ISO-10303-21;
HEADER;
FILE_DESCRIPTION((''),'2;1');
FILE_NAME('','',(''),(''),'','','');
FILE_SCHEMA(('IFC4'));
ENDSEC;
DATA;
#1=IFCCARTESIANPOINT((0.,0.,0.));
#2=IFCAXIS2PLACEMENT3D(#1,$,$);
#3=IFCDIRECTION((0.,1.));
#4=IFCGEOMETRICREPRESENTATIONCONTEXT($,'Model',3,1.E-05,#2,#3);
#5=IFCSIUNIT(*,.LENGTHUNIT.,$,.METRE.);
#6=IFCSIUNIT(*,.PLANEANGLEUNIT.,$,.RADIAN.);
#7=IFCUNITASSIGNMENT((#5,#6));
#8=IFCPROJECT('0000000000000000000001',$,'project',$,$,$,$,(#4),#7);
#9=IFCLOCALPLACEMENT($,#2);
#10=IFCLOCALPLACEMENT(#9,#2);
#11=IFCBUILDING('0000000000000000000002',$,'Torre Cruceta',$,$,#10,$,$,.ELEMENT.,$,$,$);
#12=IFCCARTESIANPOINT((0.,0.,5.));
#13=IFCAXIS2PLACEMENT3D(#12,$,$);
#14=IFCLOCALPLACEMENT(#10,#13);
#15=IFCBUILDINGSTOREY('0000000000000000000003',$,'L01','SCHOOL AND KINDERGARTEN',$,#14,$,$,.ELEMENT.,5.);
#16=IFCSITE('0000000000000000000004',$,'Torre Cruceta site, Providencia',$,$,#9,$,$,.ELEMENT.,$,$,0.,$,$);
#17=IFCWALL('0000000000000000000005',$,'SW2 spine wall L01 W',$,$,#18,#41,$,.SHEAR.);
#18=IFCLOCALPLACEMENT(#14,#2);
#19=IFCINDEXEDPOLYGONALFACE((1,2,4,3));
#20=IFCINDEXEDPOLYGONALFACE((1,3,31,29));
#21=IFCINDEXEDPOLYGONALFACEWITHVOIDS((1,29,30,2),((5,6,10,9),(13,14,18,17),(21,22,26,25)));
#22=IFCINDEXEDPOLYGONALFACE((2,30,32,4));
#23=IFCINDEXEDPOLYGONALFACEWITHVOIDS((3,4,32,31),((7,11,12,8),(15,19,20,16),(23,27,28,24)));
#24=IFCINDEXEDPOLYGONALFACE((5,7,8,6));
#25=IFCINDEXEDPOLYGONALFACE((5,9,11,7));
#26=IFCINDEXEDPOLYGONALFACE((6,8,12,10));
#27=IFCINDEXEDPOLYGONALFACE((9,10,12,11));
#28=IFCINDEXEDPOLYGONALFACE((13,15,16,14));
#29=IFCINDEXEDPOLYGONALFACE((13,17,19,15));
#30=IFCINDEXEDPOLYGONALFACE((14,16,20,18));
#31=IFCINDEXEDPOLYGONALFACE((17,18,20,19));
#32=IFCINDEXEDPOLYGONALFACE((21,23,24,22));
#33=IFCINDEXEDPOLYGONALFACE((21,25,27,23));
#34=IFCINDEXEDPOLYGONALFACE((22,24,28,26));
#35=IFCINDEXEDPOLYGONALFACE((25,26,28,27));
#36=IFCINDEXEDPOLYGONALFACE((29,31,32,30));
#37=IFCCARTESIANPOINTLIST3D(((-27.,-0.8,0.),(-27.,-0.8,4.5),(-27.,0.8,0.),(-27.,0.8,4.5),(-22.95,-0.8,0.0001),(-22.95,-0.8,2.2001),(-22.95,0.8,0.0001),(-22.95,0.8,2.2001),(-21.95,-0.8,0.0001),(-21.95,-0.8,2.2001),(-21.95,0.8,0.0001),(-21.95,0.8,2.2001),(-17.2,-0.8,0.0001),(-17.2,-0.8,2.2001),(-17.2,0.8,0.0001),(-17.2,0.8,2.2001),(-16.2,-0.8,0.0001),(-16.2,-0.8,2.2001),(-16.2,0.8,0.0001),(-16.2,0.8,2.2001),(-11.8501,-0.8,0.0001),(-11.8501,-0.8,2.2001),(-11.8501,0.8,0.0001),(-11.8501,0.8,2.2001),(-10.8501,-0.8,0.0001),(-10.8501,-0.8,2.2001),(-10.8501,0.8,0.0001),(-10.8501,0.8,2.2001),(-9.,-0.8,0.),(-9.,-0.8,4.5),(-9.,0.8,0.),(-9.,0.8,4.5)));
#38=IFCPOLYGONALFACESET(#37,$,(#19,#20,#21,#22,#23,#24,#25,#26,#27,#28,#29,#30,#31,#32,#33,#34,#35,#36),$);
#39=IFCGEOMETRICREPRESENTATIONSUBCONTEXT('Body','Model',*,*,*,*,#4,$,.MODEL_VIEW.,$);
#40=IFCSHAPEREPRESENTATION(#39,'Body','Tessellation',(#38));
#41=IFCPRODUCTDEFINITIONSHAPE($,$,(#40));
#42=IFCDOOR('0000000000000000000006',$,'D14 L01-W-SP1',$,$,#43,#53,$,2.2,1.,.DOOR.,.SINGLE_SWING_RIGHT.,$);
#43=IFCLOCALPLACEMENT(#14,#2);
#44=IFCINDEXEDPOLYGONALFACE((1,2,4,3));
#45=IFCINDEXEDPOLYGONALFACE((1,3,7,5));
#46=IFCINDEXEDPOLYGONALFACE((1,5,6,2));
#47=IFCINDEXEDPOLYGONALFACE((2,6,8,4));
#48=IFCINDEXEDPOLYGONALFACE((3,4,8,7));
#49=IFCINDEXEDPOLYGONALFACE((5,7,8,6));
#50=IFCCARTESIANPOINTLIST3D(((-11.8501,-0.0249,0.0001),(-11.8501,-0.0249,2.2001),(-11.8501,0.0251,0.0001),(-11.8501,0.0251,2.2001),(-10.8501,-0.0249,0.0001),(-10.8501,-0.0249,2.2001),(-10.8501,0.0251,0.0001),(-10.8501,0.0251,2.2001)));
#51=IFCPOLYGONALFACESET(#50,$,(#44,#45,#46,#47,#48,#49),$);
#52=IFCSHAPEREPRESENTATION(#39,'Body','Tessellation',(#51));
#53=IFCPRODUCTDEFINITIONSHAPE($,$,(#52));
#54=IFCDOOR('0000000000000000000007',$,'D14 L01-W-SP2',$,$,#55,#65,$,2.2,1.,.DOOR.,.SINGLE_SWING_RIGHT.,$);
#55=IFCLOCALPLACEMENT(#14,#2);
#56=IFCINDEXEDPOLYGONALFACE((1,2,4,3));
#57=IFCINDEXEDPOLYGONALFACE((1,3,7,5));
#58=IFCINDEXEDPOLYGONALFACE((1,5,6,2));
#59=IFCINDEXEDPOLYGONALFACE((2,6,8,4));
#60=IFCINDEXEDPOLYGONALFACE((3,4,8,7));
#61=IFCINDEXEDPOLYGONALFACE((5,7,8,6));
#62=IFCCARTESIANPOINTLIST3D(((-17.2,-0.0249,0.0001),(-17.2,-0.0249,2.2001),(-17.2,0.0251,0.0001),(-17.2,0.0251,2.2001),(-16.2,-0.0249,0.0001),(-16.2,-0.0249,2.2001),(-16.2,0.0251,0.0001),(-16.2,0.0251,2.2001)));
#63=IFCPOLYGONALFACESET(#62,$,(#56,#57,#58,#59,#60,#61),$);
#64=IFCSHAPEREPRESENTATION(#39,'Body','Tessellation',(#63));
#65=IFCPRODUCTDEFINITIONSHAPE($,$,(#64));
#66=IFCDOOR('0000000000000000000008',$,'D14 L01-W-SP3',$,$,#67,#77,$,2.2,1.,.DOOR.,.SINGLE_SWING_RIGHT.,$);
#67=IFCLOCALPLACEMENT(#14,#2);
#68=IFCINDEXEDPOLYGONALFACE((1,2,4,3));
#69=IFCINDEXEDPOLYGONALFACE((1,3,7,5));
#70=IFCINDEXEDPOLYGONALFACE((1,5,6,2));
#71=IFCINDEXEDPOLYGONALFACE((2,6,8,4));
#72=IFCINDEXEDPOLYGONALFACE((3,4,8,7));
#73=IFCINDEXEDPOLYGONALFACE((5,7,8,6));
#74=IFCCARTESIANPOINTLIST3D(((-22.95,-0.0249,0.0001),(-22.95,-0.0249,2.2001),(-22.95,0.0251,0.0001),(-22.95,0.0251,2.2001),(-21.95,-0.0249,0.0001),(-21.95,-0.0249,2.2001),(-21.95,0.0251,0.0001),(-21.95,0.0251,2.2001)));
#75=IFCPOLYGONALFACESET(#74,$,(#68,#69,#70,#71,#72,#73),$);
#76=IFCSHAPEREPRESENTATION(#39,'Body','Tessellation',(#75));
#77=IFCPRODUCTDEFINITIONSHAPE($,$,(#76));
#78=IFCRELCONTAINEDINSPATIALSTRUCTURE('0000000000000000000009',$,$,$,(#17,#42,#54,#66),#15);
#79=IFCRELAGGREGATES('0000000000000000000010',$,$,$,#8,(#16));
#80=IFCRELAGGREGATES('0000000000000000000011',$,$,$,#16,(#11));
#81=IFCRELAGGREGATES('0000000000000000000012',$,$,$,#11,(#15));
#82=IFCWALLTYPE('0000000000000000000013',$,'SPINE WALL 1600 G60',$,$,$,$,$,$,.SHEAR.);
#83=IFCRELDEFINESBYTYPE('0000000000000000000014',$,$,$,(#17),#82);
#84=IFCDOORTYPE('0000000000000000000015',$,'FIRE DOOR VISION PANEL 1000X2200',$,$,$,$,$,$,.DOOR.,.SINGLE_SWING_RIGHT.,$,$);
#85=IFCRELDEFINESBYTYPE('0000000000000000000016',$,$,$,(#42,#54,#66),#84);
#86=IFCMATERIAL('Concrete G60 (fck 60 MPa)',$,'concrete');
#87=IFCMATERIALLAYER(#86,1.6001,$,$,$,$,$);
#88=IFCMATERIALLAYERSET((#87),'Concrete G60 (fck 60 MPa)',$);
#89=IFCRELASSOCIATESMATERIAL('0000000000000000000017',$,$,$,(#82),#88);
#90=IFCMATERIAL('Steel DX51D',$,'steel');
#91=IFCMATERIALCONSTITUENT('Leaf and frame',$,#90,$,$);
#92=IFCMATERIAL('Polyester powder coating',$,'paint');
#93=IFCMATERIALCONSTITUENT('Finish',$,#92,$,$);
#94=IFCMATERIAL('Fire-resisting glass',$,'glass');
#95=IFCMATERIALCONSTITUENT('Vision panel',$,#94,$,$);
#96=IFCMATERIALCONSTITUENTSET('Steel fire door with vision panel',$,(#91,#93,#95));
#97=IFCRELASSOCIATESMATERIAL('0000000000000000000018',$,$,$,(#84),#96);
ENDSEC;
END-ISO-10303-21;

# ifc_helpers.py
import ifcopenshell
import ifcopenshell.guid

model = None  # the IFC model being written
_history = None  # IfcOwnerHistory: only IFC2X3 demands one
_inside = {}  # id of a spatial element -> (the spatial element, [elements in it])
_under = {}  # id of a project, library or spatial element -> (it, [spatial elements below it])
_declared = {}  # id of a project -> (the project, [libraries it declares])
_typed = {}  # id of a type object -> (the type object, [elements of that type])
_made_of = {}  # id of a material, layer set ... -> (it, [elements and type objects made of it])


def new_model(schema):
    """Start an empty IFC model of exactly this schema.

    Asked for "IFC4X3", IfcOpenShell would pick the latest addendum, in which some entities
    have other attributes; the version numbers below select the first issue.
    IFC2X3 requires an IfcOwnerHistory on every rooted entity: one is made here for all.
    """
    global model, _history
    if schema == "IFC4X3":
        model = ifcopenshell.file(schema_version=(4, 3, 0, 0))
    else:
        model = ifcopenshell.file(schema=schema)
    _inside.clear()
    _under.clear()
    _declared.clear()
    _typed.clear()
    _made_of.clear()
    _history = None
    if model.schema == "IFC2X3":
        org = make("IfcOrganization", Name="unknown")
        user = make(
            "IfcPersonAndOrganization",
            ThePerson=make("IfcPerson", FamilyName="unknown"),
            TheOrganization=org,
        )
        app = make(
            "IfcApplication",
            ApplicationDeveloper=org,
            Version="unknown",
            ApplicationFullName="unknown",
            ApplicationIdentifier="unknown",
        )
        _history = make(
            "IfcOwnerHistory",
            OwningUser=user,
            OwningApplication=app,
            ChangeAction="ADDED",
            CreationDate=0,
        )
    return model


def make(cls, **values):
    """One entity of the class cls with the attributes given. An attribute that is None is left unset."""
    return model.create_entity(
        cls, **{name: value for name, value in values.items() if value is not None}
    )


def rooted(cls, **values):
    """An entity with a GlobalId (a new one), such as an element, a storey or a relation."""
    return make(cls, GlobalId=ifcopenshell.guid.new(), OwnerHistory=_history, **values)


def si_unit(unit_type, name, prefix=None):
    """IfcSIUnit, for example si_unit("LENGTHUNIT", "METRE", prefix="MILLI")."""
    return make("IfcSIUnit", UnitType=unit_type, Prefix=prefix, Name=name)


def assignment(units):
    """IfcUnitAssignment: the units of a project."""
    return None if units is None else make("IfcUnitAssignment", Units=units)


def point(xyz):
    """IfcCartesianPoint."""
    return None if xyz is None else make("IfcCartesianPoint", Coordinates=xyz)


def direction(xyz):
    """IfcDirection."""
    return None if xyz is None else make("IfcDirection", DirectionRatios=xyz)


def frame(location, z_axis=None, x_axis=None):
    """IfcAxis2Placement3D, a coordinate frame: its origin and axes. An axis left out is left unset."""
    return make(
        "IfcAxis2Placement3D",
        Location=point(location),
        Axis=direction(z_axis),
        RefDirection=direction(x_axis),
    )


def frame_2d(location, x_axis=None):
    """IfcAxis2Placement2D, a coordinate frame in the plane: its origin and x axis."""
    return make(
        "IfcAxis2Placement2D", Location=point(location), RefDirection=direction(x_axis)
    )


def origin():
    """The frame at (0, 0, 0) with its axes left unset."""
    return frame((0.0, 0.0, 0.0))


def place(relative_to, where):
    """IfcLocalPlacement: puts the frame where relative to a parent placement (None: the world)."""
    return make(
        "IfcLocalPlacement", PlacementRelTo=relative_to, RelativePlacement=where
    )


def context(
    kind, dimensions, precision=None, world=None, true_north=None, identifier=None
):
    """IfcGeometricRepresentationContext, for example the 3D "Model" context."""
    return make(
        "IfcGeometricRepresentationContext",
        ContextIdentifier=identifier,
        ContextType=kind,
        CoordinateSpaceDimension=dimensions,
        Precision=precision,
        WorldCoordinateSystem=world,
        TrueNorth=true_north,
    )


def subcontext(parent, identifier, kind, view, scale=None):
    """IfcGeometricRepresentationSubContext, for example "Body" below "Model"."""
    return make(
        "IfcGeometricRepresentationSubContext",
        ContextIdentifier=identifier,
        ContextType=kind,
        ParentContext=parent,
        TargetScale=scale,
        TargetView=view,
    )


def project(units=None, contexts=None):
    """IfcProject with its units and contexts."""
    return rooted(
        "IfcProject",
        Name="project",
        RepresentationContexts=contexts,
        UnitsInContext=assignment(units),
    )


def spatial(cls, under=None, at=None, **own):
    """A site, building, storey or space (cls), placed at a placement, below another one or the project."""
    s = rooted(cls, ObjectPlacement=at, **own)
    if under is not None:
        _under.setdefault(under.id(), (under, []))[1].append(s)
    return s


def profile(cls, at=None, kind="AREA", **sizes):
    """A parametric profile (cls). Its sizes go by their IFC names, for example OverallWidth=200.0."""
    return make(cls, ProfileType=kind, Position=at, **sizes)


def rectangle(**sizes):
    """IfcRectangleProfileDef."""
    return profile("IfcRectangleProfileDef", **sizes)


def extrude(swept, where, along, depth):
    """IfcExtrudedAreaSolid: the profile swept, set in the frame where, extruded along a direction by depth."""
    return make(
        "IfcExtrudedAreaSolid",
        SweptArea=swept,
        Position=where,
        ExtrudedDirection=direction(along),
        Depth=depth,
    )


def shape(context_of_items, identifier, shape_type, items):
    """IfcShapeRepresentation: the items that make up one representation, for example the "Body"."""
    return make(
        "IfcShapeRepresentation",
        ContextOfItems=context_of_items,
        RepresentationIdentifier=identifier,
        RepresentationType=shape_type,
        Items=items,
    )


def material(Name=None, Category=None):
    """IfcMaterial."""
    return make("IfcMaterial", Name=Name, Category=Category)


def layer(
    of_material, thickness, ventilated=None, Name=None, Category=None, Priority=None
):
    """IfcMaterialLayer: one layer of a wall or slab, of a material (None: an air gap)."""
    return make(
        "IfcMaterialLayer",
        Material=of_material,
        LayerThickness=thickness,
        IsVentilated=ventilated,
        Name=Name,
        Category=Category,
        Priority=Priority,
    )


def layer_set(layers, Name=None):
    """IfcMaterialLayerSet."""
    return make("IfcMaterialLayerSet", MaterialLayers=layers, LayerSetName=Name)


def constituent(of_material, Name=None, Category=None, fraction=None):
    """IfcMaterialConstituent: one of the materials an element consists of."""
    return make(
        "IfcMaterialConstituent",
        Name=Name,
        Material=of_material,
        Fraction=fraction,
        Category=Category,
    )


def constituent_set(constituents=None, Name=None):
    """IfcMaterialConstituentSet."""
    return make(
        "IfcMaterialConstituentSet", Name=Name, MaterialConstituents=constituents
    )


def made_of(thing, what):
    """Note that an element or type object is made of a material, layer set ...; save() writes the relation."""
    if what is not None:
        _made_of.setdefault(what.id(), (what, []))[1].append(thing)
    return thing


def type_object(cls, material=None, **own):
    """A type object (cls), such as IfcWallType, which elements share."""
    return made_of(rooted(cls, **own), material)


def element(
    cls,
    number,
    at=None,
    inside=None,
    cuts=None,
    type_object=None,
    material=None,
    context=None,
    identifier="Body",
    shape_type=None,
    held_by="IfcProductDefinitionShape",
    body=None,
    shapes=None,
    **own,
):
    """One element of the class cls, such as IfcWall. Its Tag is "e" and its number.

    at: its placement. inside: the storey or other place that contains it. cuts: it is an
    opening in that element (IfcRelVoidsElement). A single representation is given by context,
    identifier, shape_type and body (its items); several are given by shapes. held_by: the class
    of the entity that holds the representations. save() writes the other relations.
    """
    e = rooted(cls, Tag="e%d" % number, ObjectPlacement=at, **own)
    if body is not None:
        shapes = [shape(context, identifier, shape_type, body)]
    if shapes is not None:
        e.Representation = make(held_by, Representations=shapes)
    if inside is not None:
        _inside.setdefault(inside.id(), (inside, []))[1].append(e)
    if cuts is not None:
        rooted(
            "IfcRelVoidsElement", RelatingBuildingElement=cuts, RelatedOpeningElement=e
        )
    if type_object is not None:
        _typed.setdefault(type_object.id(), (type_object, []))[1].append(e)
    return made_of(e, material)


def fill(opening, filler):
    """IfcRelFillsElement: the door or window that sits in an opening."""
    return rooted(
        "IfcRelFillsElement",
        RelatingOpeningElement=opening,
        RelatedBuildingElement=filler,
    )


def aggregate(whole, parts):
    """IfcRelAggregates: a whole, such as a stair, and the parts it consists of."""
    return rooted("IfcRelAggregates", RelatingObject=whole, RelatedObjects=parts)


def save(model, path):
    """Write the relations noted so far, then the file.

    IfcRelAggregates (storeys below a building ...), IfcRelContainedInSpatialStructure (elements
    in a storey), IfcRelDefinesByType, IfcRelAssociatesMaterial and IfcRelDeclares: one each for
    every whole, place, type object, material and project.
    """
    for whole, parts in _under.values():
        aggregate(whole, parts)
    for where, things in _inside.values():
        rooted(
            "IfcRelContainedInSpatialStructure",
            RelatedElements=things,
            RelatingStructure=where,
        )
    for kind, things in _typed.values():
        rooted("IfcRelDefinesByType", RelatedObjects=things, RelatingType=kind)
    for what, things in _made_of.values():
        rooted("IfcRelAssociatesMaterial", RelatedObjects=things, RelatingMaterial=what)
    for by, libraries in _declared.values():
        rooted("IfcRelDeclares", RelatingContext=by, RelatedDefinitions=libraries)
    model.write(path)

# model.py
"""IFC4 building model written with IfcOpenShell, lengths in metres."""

from ifc_helpers import new_model, si_unit, direction, frame, frame_2d, origin, place, context, subcontext, project, spatial, rectangle, extrude, material, layer, layer_set, constituent, constituent_set, type_object, element, fill, save


model = new_model("IFC4")

# Units and contexts
model_context = context("Model", 3, precision=1e-05, world=origin(), true_north=direction((0.0, 1.0)))
body_context = subcontext(model_context, "Body", "Model", "MODEL_VIEW")
ifc_project = project(units=[si_unit("LENGTHUNIT", "METRE"), si_unit("PLANEANGLEUNIT", "RADIAN")], contexts=[model_context])

# Site, building, storey
site_placement = place(None, origin())
site = spatial("IfcSite", under=ifc_project, at=site_placement, Name="Torre Cruceta site, Providencia", CompositionType="ELEMENT", RefElevation=0.0)
building_placement = place(site_placement, origin())
building = spatial("IfcBuilding", under=site, at=building_placement, Name="Torre Cruceta", CompositionType="ELEMENT")
storey_placement = place(building_placement, frame((0.0, 0.0, 5.0)))
storey = spatial("IfcBuildingStorey", under=building, at=storey_placement, Name="L01", Description="SCHOOL AND KINDERGARTEN", CompositionType="ELEMENT", Elevation=5.0)

# Wall, openings, doors
ifc_material_1 = material(Name="Concrete G60 (fck 60 MPa)", Category="concrete")
ifc_layer_1 = layer(ifc_material_1, 1.6001)
ifc_layer_set_1 = layer_set([ifc_layer_1], Name="Concrete G60 (fck 60 MPa)")
wall_type_1 = type_object("IfcWallType", Name="SPINE WALL 1600 G60", PredefinedType="SHEAR", material=ifc_layer_set_1)
ifc_material_2 = material(Name="Steel DX51D", Category="steel")
ifc_constituent_1 = constituent(ifc_material_2, Name="Leaf and frame")
ifc_material_3 = material(Name="Polyester powder coating", Category="paint")
ifc_constituent_2 = constituent(ifc_material_3, Name="Finish")
ifc_material_4 = material(Name="Fire-resisting glass", Category="glass")
ifc_constituent_3 = constituent(ifc_material_4, Name="Vision panel")
ifc_constituent_set_1 = constituent_set(constituents=[ifc_constituent_1, ifc_constituent_2, ifc_constituent_3], Name="Steel fire door with vision panel")
door_type_1 = type_object("IfcDoorType", Name="FIRE DOOR VISION PANEL 1000X2200", OperationType="SINGLE_SWING_RIGHT", PredefinedType="DOOR", material=ifc_constituent_set_1)
wall_1_placement = place(storey_placement, frame((-9.0, 0.0, 0.0), z_axis=(0.0, 0.0, 1.0), x_axis=(-1.0, 0.0, 0.0)))
wall_1 = element("IfcWall", 1, at=wall_1_placement, inside=storey, type_object=wall_type_1, Name="SW2 spine wall L01 W", PredefinedType="SHEAR", context=body_context, shape_type="SweptSolid", body=[
    extrude(rectangle(XDim=18.0, YDim=1.6001, at=frame_2d((9.0, 0.0))), origin(), (0.0, 0.0, 1.0), 4.5),
])
opening_1_placement = place(wall_1_placement, frame((1.8501, 0.0, 0.0)))
opening_1 = element("IfcOpeningElement", 2, at=opening_1_placement, cuts=wall_1, PredefinedType="OPENING", context=body_context, shape_type="SweptSolid", body=[
    extrude(rectangle(XDim=1.0, YDim=2.2, at=frame_2d((0.5, 1.1001))), frame((0.0, 0.8101, 0.0), z_axis=(0.0, -1.0, 0.0), x_axis=(1.0, 0.0, 0.0)), (0.0, 0.0, 1.0), 1.6201),
])
opening_2_placement = place(wall_1_placement, frame((7.2, 0.0, 0.0)))
opening_2 = element("IfcOpeningElement", 3, at=opening_2_placement, cuts=wall_1, PredefinedType="OPENING", context=body_context, shape_type="SweptSolid", body=[
    extrude(rectangle(XDim=1.0, YDim=2.2, at=frame_2d((0.5, 1.1001))), frame((0.0, 0.8101, 0.0), z_axis=(0.0, -1.0, 0.0), x_axis=(1.0, 0.0, 0.0)), (0.0, 0.0, 1.0), 1.6201),
])
opening_3_placement = place(wall_1_placement, frame((12.95, 0.0, 0.0)))
opening_3 = element("IfcOpeningElement", 4, at=opening_3_placement, cuts=wall_1, PredefinedType="OPENING", context=body_context, shape_type="SweptSolid", body=[
    extrude(rectangle(XDim=1.0, YDim=2.2, at=frame_2d((0.5, 1.1001))), frame((0.0, 0.8101, 0.0), z_axis=(0.0, -1.0, 0.0), x_axis=(1.0, 0.0, 0.0)), (0.0, 0.0, 1.0), 1.6201),
])
door_1_placement = place(opening_1_placement, frame((1.0, 0.0, 0.0), z_axis=(0.0, 0.0, 1.0), x_axis=(-1.0, 0.0, 0.0)))
door_1 = element("IfcDoor", 5, at=door_1_placement, inside=storey, type_object=door_type_1, Name="D14 L01-W-SP1", OperationType="SINGLE_SWING_RIGHT", OverallHeight=2.2, OverallWidth=1.0, PredefinedType="DOOR", context=body_context, shape_type="SweptSolid", body=[
    extrude(rectangle(XDim=1.0, YDim=2.2, at=frame_2d((0.5, 1.1001))), frame((0.0, 0.0251, 0.0), z_axis=(0.0, -1.0, 0.0), x_axis=(1.0, 0.0, 0.0)), (0.0, 0.0, 1.0), 0.05),
])
fill(opening_1, door_1)
door_2_placement = place(opening_2_placement, frame((1.0, 0.0, 0.0), z_axis=(0.0, 0.0, 1.0), x_axis=(-1.0, 0.0, 0.0)))
door_2 = element("IfcDoor", 6, at=door_2_placement, inside=storey, type_object=door_type_1, Name="D14 L01-W-SP2", OperationType="SINGLE_SWING_RIGHT", OverallHeight=2.2, OverallWidth=1.0, PredefinedType="DOOR", context=body_context, shape_type="SweptSolid", body=[
    extrude(rectangle(XDim=1.0, YDim=2.2, at=frame_2d((0.5, 1.1001))), frame((0.0, 0.0251, 0.0), z_axis=(0.0, -1.0, 0.0), x_axis=(1.0, 0.0, 0.0)), (0.0, 0.0, 1.0), 0.05),
])
fill(opening_2, door_2)
door_3_placement = place(opening_3_placement, origin())
door_3 = element("IfcDoor", 7, at=door_3_placement, inside=storey, type_object=door_type_1, Name="D14 L01-W-SP3", OperationType="SINGLE_SWING_RIGHT", OverallHeight=2.2, OverallWidth=1.0, PredefinedType="DOOR", context=body_context, shape_type="SweptSolid", body=[
    extrude(rectangle(XDim=1.0, YDim=2.2, at=frame_2d((0.5, 1.1001))), frame((0.0, 0.0249, 0.0), z_axis=(0.0, -1.0, 0.0), x_axis=(1.0, 0.0, 0.0)), (0.0, 0.0, 1.0), 0.05),
])
fill(opening_3, door_3)

save(model, "model.ifc")
